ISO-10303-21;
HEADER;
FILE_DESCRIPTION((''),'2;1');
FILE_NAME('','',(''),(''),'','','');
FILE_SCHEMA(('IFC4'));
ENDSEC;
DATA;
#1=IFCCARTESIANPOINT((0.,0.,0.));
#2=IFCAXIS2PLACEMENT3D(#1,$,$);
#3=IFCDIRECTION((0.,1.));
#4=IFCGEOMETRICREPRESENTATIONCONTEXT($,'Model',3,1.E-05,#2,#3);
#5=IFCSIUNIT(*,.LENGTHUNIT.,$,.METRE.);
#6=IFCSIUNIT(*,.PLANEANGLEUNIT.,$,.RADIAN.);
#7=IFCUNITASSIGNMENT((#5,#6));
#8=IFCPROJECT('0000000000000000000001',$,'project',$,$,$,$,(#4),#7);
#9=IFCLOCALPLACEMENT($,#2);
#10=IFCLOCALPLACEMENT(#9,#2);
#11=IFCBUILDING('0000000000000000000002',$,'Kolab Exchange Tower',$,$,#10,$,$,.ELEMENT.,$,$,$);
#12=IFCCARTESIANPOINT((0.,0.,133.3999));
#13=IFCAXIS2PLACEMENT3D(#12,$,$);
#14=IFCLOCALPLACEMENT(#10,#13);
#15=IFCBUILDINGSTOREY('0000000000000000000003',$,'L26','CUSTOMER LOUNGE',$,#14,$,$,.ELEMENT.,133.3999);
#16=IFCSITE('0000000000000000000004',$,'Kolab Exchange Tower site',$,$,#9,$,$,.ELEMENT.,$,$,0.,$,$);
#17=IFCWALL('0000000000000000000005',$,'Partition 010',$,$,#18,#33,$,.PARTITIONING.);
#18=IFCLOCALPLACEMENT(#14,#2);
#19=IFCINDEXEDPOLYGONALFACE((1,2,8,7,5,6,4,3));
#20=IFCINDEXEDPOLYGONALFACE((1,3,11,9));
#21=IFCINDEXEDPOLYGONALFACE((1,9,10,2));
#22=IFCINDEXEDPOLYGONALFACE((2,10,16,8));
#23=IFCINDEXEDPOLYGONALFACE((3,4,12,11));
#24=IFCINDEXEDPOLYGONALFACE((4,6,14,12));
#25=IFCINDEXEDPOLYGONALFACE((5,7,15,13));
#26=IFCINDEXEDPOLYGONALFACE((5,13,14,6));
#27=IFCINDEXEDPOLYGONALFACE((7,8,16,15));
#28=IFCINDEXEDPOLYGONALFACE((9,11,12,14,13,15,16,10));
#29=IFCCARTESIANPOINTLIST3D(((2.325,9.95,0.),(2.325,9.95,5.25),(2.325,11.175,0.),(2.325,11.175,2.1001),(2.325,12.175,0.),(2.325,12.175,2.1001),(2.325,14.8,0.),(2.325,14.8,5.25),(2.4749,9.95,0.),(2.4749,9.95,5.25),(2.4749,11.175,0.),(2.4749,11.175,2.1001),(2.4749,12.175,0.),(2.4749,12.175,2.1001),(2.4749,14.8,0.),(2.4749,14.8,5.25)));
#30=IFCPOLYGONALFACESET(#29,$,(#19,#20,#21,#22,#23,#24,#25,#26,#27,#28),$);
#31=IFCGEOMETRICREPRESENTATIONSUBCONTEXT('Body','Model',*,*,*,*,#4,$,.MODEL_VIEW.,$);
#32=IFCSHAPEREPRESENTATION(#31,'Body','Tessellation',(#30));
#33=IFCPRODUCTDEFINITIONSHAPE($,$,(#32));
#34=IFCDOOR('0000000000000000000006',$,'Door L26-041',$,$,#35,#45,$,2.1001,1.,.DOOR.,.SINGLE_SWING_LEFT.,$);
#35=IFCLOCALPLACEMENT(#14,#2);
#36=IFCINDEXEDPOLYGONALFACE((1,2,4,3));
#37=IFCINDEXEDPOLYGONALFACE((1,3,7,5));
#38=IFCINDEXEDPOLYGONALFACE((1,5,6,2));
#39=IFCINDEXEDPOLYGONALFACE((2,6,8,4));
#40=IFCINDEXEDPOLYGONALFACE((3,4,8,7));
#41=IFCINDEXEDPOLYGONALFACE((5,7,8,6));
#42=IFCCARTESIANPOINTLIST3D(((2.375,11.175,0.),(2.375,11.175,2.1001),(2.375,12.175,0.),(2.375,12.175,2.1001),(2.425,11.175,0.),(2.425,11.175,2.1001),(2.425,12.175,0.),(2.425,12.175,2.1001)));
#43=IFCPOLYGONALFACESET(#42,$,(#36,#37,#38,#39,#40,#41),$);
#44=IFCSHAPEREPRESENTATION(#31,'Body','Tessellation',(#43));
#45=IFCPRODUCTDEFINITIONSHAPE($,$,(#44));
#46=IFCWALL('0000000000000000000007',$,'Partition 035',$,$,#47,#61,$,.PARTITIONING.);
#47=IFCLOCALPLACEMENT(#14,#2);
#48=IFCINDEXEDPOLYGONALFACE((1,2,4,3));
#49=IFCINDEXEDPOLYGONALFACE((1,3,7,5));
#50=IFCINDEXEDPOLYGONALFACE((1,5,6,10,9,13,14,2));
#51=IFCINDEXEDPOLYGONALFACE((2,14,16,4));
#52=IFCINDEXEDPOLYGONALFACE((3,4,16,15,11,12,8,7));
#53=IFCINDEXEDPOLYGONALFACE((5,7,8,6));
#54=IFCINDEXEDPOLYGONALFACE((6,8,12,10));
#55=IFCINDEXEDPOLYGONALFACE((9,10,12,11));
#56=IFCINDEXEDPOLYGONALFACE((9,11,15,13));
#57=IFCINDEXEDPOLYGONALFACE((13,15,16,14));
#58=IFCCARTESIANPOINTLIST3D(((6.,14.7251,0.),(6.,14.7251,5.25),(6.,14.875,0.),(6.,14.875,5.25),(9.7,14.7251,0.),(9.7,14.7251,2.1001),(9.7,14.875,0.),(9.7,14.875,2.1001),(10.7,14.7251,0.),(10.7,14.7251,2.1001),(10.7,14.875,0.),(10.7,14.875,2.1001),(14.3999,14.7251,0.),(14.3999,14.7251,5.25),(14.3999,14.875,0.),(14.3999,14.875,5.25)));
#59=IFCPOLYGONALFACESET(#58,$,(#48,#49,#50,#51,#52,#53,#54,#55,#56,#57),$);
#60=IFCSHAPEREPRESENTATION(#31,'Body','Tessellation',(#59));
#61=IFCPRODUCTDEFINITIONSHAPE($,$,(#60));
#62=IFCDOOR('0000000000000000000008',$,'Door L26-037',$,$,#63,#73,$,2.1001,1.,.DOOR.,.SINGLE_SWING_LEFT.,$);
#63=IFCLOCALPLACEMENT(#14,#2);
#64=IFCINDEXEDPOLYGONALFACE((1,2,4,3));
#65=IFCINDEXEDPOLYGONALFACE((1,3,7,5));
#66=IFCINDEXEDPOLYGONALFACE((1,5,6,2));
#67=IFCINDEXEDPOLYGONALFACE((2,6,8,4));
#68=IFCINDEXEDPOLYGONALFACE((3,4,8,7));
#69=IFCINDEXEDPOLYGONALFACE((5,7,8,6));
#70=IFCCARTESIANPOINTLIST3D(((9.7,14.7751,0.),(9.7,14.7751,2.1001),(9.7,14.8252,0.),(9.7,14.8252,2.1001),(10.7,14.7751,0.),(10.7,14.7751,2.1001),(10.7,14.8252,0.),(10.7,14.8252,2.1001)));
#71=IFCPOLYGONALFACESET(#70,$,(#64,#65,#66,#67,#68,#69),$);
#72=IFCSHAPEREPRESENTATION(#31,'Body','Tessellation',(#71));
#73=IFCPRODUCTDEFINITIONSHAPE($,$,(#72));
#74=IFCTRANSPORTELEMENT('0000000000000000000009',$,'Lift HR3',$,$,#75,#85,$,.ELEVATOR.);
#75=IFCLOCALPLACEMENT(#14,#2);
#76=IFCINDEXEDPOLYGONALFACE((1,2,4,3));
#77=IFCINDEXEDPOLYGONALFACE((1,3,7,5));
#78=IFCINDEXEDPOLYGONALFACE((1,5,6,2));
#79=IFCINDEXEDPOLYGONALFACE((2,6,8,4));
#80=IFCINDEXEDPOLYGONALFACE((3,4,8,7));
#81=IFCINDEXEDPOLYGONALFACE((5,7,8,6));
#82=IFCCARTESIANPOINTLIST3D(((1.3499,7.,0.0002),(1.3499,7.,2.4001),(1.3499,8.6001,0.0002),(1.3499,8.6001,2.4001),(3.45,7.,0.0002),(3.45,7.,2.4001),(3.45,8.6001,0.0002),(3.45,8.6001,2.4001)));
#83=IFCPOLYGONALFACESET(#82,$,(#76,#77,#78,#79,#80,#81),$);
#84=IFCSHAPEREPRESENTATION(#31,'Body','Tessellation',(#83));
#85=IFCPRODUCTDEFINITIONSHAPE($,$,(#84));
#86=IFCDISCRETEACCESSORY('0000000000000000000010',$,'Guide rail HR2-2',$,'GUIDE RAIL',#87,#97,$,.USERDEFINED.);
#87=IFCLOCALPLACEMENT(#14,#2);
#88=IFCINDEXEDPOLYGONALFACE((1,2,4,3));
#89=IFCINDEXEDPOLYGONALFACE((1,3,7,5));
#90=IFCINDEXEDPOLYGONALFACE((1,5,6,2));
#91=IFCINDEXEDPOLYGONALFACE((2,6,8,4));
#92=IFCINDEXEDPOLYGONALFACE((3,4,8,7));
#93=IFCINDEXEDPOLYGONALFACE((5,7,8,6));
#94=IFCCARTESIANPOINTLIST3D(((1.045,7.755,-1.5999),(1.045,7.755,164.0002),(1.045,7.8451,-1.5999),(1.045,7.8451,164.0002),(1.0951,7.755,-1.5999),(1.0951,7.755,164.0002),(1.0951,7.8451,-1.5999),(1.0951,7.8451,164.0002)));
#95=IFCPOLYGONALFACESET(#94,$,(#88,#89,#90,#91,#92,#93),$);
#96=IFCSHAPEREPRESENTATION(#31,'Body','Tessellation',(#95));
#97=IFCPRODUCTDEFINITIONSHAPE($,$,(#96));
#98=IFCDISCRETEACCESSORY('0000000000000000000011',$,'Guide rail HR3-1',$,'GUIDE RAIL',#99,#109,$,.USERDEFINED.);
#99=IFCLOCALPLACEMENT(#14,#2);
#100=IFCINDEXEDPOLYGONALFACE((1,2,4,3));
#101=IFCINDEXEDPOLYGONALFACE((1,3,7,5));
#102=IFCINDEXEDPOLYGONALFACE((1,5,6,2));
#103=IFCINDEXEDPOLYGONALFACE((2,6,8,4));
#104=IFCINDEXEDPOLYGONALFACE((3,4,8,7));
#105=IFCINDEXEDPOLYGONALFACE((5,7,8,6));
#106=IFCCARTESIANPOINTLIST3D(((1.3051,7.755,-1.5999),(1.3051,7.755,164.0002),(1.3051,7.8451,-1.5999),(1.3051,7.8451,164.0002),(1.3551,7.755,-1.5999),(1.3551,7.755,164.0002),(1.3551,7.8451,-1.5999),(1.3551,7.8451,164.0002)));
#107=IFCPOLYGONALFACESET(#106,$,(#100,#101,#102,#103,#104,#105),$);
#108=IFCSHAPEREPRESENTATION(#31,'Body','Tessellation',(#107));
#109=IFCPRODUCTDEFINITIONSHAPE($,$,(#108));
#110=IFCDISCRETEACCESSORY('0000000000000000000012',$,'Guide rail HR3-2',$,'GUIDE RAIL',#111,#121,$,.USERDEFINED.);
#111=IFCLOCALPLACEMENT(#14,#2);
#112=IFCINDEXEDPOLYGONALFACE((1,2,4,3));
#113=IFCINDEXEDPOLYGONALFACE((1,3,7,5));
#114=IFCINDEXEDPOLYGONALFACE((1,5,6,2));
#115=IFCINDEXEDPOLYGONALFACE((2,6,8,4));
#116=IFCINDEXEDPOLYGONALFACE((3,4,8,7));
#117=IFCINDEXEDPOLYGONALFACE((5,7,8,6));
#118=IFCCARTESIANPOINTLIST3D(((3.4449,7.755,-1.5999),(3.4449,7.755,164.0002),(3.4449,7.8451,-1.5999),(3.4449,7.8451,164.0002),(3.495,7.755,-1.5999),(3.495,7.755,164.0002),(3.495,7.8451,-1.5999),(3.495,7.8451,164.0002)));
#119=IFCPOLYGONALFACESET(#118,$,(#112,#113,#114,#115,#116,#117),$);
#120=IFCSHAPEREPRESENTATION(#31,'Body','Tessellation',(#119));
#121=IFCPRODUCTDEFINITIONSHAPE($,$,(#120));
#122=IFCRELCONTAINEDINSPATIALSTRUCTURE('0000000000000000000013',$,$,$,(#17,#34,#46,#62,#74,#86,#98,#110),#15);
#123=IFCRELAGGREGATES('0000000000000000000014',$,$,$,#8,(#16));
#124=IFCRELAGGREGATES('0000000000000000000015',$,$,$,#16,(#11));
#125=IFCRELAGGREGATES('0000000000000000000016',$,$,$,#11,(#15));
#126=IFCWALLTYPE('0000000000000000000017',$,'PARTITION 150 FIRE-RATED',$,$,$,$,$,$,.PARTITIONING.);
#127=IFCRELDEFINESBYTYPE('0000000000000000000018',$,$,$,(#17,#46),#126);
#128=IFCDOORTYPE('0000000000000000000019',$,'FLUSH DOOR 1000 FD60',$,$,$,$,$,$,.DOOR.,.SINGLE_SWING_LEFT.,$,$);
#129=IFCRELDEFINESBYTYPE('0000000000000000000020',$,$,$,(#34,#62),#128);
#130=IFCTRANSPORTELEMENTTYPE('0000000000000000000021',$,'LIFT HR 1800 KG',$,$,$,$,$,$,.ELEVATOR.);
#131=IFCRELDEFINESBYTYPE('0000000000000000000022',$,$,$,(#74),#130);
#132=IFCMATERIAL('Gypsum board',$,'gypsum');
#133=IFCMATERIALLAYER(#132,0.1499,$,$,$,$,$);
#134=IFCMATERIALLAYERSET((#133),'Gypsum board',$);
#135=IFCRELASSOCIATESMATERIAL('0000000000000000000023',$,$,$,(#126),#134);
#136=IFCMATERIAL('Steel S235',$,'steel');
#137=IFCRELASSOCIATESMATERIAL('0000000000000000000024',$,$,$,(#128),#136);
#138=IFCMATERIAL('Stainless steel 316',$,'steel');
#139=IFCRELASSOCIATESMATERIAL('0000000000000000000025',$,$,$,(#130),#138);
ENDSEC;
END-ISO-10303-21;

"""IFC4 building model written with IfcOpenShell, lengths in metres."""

from ifc_helpers import new_model, si_unit, direction, frame, frame_2d, origin, origin_2d, place, context, subcontext, project, spatial, rectangle, extrude, material, layer, layer_set, type_object, element, fill, save


model = new_model("IFC4")

# Units and contexts
model_context = context("Model", 3, precision=1e-05, world=origin(), true_north=direction((0.0, 1.0)))
body_context = subcontext(model_context, "Body", "Model", "MODEL_VIEW")
ifc_project = project(units=[si_unit("LENGTHUNIT", "METRE"), si_unit("PLANEANGLEUNIT", "RADIAN")], contexts=[model_context])

# Site, building, storey
site_placement = place(None, origin())
site = spatial("IfcSite", under=ifc_project, at=site_placement, Name="Kolab Exchange Tower site", CompositionType="ELEMENT", RefElevation=0.0)
building_placement = place(site_placement, origin())
building = spatial("IfcBuilding", under=site, at=building_placement, Name="Kolab Exchange Tower", CompositionType="ELEMENT")
storey_placement = place(building_placement, frame((0.0, 0.0, 133.3999)))
storey = spatial("IfcBuildingStorey", under=building, at=storey_placement, Name="L26", Description="CUSTOMER LOUNGE", CompositionType="ELEMENT", Elevation=133.3999)

# Shared definitions
ifc_material_1 = material(Name="Gypsum board", Category="gypsum")
ifc_layer_1 = layer(ifc_material_1, 0.1499)
ifc_layer_set_1 = layer_set([ifc_layer_1], Name="Gypsum board")
wall_type_1 = type_object("IfcWallType", Name="PARTITION 150 FIRE-RATED", PredefinedType="PARTITIONING", material=ifc_layer_set_1)

# Walls, openings, doors
wall_1_placement = place(storey_placement, frame((2.3999, 9.95, 0.0), z_axis=(0.0, 0.0, 1.0), x_axis=(0.0, 1.0, 0.0)))
wall_1 = element("IfcWall", 1, at=wall_1_placement, inside=storey, type_object=wall_type_1, Name="Partition 010", PredefinedType="PARTITIONING", context=body_context, shape_type="SweptSolid", body=[
    extrude(rectangle(XDim=4.8501, YDim=0.1499, at=frame_2d((2.425, 0.0))), origin(), (0.0, 0.0, 1.0), 5.25),
])
opening_1_placement = place(wall_1_placement, frame((1.2251, 0.0, 0.0)))
opening_1 = element("IfcOpeningElement", 2, at=opening_1_placement, cuts=wall_1, PredefinedType="OPENING", context=body_context, shape_type="SweptSolid", body=[
    extrude(rectangle(XDim=1.0, YDim=2.1001, at=frame_2d((0.5, 1.05))), frame((0.0, 0.085, 0.0), z_axis=(0.0, -1.0, 0.0), x_axis=(1.0, 0.0, 0.0)), (0.0, 0.0, 1.0), 0.1699),
])
ifc_material_2 = material(Name="Steel S235", Category="steel")
door_type = type_object("IfcDoorType", Name="FLUSH DOOR 1000 FD60", OperationType="SINGLE_SWING_LEFT", PredefinedType="DOOR", material=ifc_material_2)
door_1_placement = place(opening_1_placement, origin())
door_1 = element("IfcDoor", 3, at=door_1_placement, inside=storey, type_object=door_type, Name="Door L26-041", OperationType="SINGLE_SWING_LEFT", OverallHeight=2.1001, OverallWidth=1.0, PredefinedType="DOOR", context=body_context, shape_type="SweptSolid", body=[
    extrude(rectangle(XDim=1.0, YDim=2.1001, at=frame_2d((0.5, 1.05))), frame((0.0, 0.0249, 0.0), z_axis=(0.0, -1.0, 0.0), x_axis=(1.0, 0.0, 0.0)), (0.0, 0.0, 1.0), 0.05),
])
fill(opening_1, door_1)
wall_2_placement = place(storey_placement, frame((6.0, 14.8, 0.0), z_axis=(0.0, 0.0, 1.0), x_axis=(1.0, 0.0, 0.0)))
wall_2 = element("IfcWall", 4, at=wall_2_placement, inside=storey, type_object=wall_type_1, Name="Partition 035", PredefinedType="PARTITIONING", context=body_context, shape_type="SweptSolid", body=[
    extrude(rectangle(XDim=8.3999, YDim=0.1499, at=frame_2d((4.2, 0.0))), origin(), (0.0, 0.0, 1.0), 5.25),
])
opening_2_placement = place(wall_2_placement, frame((3.7, 0.0, 0.0)))
opening_2 = element("IfcOpeningElement", 5, at=opening_2_placement, cuts=wall_2, PredefinedType="OPENING", context=body_context, shape_type="SweptSolid", body=[
    extrude(rectangle(XDim=1.0, YDim=2.1001, at=frame_2d((0.5, 1.05))), frame((0.0, 0.085, 0.0), z_axis=(0.0, -1.0, 0.0), x_axis=(1.0, 0.0, 0.0)), (0.0, 0.0, 1.0), 0.1699),
])
door_2_placement = place(opening_2_placement, frame((1.0, 0.0, 0.0), z_axis=(0.0, 0.0, 1.0), x_axis=(-1.0, 0.0, 0.0)))
door_2 = element("IfcDoor", 6, at=door_2_placement, inside=storey, type_object=door_type, Name="Door L26-037", OperationType="SINGLE_SWING_LEFT", OverallHeight=2.1001, OverallWidth=1.0, PredefinedType="DOOR", context=body_context, shape_type="SweptSolid", body=[
    extrude(rectangle(XDim=1.0, YDim=2.1001, at=frame_2d((0.5, 1.05))), frame((0.0, 0.0249, 0.0), z_axis=(0.0, -1.0, 0.0), x_axis=(1.0, 0.0, 0.0)), (0.0, 0.0, 1.0), 0.05),
])
fill(opening_2, door_2)

# Transport element
ifc_material_3 = material(Name="Stainless steel 316", Category="steel")
transport_element_type = type_object("IfcTransportElementType", Name="LIFT HR 1800 KG", PredefinedType="ELEVATOR", material=ifc_material_3)
transport_element_placement = place(storey_placement, frame((2.3999, 7.8, 0.0002), z_axis=(0.0, 0.0, 1.0), x_axis=(1.0, 0.0, 0.0)))
element("IfcTransportElement", 7, at=transport_element_placement, inside=storey, type_object=transport_element_type, Name="Lift HR3", PredefinedType="ELEVATOR", context=body_context, shape_type="SweptSolid", body=[
    extrude(rectangle(XDim=2.1001, YDim=1.6001, at=origin_2d()), origin(), (0.0, 0.0, 1.0), 2.3999),
])

# Discrete accessories
for number, where, z_axis, x_axis, name in (
    (8, (1.0701, 7.8, -1.5999), (0.0, 0.0, 1.0), (1.0, 0.0, 0.0), "Guide rail HR2-2"),
    (9, (1.3301, 7.8, -1.5999), (0.0, 0.0, 1.0), (1.0, 0.0, 0.0), "Guide rail HR3-1"),
    (10, (3.47, 7.8, -1.5999), (0.0, 0.0, 1.0), (1.0, 0.0, 0.0), "Guide rail HR3-2"),
):
    element("IfcDiscreteAccessory", number, at=place(storey_placement, frame(where, z_axis=z_axis, x_axis=x_axis)), inside=storey, Name=name, ObjectType="GUIDE RAIL", PredefinedType="USERDEFINED", context=body_context, shape_type="SweptSolid", body=[
        extrude(rectangle(XDim=0.05, YDim=0.0901, at=origin_2d()), origin(), (0.0, 0.0, 1.0), 165.6001),
    ])

save(model, "model.ifc")
